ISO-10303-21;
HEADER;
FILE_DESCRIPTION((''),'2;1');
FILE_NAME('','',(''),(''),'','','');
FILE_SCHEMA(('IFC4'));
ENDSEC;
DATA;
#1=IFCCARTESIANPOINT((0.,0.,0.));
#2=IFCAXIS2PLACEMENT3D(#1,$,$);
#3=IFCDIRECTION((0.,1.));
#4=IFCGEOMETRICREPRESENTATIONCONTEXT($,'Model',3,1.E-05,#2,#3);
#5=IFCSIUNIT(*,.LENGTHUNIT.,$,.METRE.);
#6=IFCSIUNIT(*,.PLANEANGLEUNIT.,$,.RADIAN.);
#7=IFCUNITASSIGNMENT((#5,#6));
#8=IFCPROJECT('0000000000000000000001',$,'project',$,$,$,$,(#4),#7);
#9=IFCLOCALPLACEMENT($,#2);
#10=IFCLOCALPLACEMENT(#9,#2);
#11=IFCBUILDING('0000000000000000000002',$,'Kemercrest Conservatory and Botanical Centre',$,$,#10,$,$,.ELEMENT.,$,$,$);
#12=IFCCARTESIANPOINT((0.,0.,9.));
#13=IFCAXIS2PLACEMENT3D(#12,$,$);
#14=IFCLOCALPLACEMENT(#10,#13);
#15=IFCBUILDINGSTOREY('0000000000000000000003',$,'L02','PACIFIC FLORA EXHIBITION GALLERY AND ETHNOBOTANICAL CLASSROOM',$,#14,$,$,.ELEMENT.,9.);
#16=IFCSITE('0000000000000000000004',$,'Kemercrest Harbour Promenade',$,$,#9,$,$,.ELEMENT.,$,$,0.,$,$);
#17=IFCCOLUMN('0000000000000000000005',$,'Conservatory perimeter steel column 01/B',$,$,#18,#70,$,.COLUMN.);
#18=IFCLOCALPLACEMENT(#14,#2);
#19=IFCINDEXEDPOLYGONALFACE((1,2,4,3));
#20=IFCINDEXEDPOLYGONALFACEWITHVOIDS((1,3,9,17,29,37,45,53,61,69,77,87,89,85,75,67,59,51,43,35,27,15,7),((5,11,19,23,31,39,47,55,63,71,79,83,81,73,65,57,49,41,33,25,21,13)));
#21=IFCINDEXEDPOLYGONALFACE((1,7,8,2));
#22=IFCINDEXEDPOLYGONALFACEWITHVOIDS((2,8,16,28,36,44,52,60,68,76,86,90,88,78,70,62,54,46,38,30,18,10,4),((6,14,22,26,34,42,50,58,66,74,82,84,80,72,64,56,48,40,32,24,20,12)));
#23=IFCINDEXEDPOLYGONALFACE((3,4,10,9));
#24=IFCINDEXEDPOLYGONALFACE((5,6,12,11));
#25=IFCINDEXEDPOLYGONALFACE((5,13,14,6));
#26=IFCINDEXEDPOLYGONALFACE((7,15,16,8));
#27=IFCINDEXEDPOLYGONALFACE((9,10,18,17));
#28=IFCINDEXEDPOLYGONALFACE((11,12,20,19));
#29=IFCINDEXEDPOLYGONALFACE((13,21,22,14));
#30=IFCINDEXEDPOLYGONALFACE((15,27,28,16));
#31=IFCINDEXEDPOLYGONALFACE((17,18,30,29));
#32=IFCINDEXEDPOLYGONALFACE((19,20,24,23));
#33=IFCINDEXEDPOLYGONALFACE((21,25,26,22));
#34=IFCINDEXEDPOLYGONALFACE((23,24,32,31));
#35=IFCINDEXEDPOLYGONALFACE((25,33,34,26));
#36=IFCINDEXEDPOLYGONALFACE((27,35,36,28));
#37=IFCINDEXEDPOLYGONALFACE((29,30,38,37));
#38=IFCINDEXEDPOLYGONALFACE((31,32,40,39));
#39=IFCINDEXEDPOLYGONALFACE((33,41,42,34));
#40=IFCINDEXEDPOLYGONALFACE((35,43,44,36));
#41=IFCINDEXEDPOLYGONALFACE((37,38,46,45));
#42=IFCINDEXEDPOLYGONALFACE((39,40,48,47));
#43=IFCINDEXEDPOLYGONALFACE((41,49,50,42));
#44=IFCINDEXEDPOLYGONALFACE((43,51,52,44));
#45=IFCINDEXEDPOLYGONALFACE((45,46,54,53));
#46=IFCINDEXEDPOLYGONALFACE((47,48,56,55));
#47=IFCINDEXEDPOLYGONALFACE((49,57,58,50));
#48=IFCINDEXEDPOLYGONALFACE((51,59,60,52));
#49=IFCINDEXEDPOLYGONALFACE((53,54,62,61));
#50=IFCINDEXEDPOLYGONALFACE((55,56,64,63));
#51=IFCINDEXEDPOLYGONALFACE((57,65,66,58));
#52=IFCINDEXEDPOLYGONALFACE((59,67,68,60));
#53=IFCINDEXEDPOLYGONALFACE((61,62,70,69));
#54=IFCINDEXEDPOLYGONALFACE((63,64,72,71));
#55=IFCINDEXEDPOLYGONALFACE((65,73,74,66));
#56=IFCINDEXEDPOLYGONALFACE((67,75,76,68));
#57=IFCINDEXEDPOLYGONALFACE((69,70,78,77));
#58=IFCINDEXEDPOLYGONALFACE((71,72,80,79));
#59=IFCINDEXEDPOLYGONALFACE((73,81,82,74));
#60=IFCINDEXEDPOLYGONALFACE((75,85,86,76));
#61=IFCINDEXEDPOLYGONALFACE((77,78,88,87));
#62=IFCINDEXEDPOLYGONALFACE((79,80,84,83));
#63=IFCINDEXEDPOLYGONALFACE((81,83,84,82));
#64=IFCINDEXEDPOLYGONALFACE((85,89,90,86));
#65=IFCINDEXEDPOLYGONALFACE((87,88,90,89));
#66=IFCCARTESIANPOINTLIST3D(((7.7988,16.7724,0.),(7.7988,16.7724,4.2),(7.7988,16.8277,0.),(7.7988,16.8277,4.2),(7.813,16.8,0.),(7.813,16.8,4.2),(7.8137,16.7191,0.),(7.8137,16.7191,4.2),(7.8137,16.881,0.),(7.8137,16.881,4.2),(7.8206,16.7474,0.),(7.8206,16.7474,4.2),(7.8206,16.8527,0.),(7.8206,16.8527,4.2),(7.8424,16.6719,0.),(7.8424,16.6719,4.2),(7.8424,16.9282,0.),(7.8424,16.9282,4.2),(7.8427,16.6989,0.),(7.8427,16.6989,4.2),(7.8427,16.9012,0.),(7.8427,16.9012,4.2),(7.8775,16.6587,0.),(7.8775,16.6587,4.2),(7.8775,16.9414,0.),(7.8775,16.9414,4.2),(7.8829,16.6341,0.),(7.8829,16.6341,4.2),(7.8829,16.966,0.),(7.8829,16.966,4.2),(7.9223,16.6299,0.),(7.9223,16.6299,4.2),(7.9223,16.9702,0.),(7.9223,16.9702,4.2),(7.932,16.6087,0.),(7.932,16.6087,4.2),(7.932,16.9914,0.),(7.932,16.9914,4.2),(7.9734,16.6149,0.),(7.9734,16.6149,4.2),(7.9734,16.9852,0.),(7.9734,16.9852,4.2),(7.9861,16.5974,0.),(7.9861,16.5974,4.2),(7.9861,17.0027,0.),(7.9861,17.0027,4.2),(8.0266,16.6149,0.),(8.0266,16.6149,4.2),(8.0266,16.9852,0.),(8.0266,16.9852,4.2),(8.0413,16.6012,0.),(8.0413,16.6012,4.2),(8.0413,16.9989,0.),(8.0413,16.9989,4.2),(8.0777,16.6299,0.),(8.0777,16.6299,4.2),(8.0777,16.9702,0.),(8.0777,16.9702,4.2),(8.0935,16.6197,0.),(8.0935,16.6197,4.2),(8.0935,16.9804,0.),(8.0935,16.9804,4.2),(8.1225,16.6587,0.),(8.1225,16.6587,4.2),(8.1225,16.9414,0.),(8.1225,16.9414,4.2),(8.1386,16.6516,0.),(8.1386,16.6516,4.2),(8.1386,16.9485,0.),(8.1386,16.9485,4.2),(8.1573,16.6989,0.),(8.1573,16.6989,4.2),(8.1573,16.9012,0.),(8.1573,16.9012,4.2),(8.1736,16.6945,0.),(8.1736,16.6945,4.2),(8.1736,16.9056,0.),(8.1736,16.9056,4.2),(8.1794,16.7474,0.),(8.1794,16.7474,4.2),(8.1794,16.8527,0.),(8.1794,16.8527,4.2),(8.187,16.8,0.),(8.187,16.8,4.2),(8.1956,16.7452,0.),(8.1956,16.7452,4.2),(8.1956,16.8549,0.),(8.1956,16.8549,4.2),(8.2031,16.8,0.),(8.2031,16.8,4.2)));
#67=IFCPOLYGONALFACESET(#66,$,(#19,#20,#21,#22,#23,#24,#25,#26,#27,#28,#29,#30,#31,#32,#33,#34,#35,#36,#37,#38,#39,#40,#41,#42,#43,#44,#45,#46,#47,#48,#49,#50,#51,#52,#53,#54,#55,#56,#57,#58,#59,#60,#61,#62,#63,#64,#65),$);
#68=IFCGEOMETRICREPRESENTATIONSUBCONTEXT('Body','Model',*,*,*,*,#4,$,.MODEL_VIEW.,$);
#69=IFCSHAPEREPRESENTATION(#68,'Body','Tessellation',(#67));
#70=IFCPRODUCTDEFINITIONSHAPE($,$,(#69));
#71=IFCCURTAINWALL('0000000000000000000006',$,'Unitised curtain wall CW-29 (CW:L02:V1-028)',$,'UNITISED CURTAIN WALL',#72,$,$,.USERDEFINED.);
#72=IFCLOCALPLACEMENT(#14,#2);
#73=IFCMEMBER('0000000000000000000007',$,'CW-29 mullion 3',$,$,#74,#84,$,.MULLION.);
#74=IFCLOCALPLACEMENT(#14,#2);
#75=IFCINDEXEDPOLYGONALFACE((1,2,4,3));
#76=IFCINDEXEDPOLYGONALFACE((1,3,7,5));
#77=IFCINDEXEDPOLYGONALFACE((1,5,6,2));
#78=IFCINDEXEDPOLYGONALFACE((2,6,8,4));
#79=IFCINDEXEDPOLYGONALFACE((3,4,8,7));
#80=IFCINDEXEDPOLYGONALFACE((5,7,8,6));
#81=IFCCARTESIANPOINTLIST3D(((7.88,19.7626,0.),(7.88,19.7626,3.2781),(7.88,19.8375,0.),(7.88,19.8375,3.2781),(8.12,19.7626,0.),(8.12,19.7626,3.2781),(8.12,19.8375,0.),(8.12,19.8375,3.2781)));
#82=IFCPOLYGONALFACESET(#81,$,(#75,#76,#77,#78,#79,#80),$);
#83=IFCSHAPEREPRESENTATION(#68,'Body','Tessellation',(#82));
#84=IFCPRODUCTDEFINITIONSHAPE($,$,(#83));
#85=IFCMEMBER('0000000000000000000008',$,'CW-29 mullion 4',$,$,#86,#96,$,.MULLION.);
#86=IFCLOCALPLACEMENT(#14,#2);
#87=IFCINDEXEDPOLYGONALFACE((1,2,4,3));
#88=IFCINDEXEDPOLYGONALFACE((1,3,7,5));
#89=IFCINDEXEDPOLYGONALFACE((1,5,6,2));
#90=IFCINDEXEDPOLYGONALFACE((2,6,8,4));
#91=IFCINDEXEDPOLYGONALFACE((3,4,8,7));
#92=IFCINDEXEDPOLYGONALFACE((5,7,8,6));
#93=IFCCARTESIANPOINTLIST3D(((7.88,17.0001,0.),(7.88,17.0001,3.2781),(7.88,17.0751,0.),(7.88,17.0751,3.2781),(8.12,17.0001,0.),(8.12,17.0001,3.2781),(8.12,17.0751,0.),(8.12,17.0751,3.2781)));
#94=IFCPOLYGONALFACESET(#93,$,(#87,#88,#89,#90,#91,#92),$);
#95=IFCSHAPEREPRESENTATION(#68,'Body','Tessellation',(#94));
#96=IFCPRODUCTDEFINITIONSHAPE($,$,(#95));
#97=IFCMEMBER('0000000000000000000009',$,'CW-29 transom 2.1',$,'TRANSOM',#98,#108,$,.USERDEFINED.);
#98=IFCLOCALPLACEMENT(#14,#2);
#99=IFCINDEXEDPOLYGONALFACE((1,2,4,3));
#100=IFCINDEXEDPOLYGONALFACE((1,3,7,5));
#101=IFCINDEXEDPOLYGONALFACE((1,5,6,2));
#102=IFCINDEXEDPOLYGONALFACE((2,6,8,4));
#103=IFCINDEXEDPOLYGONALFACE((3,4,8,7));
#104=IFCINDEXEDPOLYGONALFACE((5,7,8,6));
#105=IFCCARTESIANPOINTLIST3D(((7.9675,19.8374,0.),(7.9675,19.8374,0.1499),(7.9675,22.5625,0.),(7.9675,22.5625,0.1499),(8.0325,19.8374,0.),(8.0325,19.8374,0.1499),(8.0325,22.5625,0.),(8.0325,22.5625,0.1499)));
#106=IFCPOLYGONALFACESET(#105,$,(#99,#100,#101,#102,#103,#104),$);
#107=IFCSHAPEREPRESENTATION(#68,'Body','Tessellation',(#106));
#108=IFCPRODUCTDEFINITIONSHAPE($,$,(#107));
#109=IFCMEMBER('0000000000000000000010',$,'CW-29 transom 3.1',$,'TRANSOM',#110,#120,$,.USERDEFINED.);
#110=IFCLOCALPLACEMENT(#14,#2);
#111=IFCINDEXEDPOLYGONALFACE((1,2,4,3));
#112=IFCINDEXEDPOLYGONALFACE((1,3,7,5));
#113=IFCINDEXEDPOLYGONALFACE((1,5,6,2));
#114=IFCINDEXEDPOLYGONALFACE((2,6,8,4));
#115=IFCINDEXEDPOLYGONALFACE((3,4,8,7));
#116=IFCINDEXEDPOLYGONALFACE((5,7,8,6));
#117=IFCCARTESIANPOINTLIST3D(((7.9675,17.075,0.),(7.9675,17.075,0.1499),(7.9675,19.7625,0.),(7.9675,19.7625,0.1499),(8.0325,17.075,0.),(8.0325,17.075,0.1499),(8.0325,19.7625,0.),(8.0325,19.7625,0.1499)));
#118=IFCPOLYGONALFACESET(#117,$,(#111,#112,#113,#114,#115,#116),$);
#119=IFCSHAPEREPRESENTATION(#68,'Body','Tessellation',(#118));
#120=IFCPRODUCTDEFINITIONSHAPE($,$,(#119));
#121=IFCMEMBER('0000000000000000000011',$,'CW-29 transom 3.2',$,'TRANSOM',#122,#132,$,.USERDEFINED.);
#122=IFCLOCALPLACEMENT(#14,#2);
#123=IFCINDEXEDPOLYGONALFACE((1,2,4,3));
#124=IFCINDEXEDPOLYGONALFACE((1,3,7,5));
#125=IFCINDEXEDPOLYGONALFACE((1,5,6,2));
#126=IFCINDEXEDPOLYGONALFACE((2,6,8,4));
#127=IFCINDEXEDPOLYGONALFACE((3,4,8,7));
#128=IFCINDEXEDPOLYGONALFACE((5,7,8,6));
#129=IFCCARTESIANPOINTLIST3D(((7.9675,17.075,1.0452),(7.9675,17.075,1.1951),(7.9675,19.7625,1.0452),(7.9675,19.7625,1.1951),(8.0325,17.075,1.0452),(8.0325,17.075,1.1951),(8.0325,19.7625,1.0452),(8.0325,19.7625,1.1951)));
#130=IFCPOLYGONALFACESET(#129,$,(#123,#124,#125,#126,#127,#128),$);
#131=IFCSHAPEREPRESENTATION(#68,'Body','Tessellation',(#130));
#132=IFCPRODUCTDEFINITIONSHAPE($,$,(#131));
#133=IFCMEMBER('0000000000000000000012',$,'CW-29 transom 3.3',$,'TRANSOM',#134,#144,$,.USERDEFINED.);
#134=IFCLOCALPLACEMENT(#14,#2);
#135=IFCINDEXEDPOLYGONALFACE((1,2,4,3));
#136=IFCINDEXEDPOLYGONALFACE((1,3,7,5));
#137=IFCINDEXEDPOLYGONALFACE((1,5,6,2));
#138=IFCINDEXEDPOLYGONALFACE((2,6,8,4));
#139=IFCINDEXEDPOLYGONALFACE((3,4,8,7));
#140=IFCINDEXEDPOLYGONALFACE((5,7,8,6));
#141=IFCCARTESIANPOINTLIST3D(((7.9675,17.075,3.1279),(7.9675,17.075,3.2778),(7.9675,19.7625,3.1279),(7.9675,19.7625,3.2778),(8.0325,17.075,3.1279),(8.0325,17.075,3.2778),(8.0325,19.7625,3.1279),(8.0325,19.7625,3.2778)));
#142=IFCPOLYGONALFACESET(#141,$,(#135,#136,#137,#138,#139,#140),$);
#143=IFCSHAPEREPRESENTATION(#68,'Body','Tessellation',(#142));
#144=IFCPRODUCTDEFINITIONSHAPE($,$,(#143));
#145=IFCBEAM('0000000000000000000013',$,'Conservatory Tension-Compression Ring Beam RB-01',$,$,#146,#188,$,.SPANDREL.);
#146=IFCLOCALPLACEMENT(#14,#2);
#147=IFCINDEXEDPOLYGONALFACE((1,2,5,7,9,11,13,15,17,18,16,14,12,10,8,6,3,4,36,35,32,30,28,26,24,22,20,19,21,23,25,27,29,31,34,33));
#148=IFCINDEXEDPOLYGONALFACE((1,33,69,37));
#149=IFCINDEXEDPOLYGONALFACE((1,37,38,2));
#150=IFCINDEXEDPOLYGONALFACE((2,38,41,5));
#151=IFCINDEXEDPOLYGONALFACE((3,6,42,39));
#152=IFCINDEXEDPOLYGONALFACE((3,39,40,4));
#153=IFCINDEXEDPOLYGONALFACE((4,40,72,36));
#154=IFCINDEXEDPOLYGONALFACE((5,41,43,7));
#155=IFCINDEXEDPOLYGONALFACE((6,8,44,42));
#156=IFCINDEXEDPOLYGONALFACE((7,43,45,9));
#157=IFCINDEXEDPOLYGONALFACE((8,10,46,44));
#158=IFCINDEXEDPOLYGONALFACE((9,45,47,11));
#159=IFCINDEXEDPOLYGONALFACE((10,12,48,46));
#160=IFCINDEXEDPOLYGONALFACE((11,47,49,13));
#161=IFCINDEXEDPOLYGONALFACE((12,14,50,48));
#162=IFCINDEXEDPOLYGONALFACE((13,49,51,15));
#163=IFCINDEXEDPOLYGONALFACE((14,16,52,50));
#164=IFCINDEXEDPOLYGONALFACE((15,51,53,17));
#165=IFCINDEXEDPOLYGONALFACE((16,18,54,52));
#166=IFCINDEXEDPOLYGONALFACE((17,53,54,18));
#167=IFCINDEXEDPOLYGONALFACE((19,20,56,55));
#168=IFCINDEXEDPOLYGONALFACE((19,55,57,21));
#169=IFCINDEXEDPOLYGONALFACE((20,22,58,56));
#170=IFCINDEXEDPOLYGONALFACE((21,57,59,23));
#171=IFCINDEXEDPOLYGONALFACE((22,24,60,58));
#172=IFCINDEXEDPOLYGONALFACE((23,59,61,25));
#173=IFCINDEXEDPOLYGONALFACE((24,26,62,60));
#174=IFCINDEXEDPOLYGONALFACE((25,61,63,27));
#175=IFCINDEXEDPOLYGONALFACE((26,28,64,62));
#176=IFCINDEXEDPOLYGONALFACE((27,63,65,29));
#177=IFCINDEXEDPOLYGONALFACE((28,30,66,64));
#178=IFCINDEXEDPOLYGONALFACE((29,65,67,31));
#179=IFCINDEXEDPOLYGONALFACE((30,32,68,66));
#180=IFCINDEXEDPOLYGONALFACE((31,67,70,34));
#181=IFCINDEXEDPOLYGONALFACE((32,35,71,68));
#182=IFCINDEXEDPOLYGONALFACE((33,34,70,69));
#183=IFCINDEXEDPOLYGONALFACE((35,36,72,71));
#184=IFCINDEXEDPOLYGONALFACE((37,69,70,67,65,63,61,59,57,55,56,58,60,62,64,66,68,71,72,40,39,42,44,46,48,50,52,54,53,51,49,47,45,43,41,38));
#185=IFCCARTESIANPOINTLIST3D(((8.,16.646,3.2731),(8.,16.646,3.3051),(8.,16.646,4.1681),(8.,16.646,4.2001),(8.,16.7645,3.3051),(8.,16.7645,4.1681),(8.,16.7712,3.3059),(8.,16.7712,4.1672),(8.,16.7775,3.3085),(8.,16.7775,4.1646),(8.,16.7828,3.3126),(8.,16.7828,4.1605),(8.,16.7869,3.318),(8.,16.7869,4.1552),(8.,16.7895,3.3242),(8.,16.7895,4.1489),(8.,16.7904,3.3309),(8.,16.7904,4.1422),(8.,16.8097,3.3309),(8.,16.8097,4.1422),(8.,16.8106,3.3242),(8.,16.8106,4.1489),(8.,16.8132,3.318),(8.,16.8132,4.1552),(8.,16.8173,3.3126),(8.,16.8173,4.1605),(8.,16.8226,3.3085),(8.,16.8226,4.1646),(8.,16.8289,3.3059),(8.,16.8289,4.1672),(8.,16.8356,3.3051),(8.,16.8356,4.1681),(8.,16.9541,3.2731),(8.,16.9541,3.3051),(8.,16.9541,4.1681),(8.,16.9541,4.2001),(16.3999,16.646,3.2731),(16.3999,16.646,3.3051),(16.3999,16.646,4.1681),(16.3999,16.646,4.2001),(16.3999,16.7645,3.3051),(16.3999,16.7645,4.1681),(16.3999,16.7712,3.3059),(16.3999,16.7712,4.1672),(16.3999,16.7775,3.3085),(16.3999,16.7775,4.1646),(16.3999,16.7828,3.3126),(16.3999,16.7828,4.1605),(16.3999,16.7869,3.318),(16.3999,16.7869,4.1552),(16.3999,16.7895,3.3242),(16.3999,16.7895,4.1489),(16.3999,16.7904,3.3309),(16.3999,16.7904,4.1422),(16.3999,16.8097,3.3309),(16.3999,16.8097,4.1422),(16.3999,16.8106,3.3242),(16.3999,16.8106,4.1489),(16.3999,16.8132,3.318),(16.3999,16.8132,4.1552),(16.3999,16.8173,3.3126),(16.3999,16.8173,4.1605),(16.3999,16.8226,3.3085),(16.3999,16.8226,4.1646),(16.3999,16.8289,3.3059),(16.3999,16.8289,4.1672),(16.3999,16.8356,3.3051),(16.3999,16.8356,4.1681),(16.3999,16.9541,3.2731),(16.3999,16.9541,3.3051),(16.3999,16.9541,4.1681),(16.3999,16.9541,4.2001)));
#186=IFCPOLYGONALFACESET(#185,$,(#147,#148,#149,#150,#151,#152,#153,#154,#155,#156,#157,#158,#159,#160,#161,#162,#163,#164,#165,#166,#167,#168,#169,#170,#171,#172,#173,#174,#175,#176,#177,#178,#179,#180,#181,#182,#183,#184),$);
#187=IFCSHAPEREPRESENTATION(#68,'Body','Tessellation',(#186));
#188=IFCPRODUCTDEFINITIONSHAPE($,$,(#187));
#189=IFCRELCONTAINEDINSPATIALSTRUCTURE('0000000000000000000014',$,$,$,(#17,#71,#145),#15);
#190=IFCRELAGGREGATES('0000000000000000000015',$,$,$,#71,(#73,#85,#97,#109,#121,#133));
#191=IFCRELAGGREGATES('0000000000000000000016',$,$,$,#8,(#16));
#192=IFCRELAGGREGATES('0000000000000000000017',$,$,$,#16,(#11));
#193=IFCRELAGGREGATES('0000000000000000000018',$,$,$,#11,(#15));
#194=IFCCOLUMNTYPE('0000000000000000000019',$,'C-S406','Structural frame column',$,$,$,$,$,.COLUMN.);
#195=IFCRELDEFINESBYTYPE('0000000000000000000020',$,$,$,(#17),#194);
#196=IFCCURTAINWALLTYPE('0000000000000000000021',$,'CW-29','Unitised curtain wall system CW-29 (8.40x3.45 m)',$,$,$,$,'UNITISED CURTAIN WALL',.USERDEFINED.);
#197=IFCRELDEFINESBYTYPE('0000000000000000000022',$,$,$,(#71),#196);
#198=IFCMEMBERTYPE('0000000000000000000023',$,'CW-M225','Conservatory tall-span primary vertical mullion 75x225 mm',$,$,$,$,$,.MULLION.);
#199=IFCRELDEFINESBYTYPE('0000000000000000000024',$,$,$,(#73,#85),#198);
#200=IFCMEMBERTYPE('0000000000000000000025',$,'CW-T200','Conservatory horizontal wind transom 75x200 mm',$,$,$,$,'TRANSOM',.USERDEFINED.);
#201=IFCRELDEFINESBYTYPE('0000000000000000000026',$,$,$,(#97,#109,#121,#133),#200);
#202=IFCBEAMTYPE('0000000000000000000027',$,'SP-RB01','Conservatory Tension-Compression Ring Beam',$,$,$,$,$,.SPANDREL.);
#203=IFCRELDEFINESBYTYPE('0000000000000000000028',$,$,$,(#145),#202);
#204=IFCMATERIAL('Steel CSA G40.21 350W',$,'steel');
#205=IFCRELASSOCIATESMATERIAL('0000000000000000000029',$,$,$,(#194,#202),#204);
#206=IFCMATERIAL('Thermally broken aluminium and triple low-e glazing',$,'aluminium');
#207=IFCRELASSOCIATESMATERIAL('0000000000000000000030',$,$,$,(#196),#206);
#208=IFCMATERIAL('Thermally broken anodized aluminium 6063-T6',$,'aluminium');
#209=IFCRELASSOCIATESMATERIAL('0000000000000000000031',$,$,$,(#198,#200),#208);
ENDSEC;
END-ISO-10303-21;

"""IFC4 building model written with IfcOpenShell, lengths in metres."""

from ifc_helpers import new_model, si_unit, direction, frame, origin, origin_2d, place, context, subcontext, project, spatial, rectangle, hollow_circle, i_section, extrude, material, material_profile, profile_set, type_object, element, aggregate, save


model = new_model("IFC4")

# Units and contexts
model_context = context("Model", 3, precision=1e-05, world=origin(), true_north=direction((0.0, 1.0)))
body_context = subcontext(model_context, "Body", "Model", "MODEL_VIEW")
ifc_project = project(units=[si_unit("LENGTHUNIT", "METRE"), si_unit("PLANEANGLEUNIT", "RADIAN")], contexts=[model_context])

# Site, building, storey
site_placement = place(None, origin())
site = spatial("IfcSite", under=ifc_project, at=site_placement, Name="Kemercrest Harbour Promenade", CompositionType="ELEMENT", RefElevation=0.0)
building_placement = place(site_placement, origin())
building = spatial("IfcBuilding", under=site, at=building_placement, Name="Kemercrest Conservatory and Botanical Centre", CompositionType="ELEMENT")
storey_placement = place(building_placement, frame((0.0, 0.0, 9.0)))
storey = spatial("IfcBuildingStorey", under=building, at=storey_placement, Name="L02", Description="PACIFIC FLORA EXHIBITION GALLERY AND ETHNOBOTANICAL CLASSROOM", CompositionType="ELEMENT", Elevation=9.0)

# Column
ifc_material_1 = material(Name="Steel CSA G40.21 350W", Category="steel")
ifc_material_profile_1 = material_profile(ifc_material_1, hollow_circle(Radius=0.2031, WallThickness=0.0161, at=origin_2d()), Name="CHS 406.4x16.0")
ifc_profile_set_1 = profile_set([ifc_material_profile_1], Name="Steel CSA G40.21 350W")
column_type = type_object("IfcColumnType", Name="C-S406", Description="Structural frame column", PredefinedType="COLUMN", material=ifc_profile_set_1)
column_placement = place(storey_placement, frame((8.0, 16.8, 0.0), z_axis=(0.0, 0.0, 1.0), x_axis=(1.0, 0.0, 0.0)))
element("IfcColumn", 1, at=column_placement, inside=storey, type_object=column_type, Name="Conservatory perimeter steel column 01/B", PredefinedType="COLUMN", context=body_context, shape_type="SweptSolid", body=[
    extrude(hollow_circle(Radius=0.2031, WallThickness=0.0161, at=origin_2d()), origin(), (0.0, 0.0, 1.0), 4.2),
])

# Curtain wall, members
ifc_material_2 = material(Name="Thermally broken aluminium and triple low-e glazing", Category="aluminium")
curtain_wall_type = type_object("IfcCurtainWallType", Name="CW-29", Description="Unitised curtain wall system CW-29 (8.40x3.45 m)", ElementType="UNITISED CURTAIN WALL", PredefinedType="USERDEFINED", material=ifc_material_2)
curtain_wall_placement = place(storey_placement, origin())
curtain_wall = element("IfcCurtainWall", 2, at=curtain_wall_placement, inside=storey, type_object=curtain_wall_type, Name="Unitised curtain wall CW-29 (CW:L02:V1-028)", ObjectType="UNITISED CURTAIN WALL", PredefinedType="USERDEFINED")
ifc_material_3 = material(Name="Thermally broken anodized aluminium 6063-T6", Category="aluminium")
ifc_material_profile_2 = material_profile(ifc_material_3, rectangle(XDim=0.24, YDim=0.075, at=origin_2d()), Name="AL MULLION 75x240")
ifc_profile_set_2 = profile_set([ifc_material_profile_2], Name="Thermally broken anodized aluminium 6063-T6")
member_type_1 = type_object("IfcMemberType", Name="CW-M225", Description="Conservatory tall-span primary vertical mullion 75x225 mm", PredefinedType="MULLION", material=ifc_profile_set_2)
member_1_placement = place(storey_placement, frame((8.0, 19.8, 0.0), z_axis=(0.0, 0.0, 1.0), x_axis=(1.0, 0.0, 0.0)))
member_1 = element("IfcMember", 3, at=member_1_placement, type_object=member_type_1, Name="CW-29 mullion 3", PredefinedType="MULLION", context=body_context, shape_type="SweptSolid", body=[
    extrude(rectangle(XDim=0.24, YDim=0.075, at=origin_2d()), origin(), (0.0, 0.0, 1.0), 3.2781),
])
member_2_placement = place(storey_placement, frame((8.0, 17.0376, 0.0), z_axis=(0.0, 0.0, 1.0), x_axis=(1.0, 0.0, 0.0)))
member_2 = element("IfcMember", 4, at=member_2_placement, type_object=member_type_1, Name="CW-29 mullion 4", PredefinedType="MULLION", context=body_context, shape_type="SweptSolid", body=[
    extrude(rectangle(XDim=0.24, YDim=0.075, at=origin_2d()), origin(), (0.0, 0.0, 1.0), 3.2781),
])
ifc_material_profile_3 = material_profile(ifc_material_3, rectangle(XDim=0.0649, YDim=0.1499, at=origin_2d()), Name="AL TRANSOM 65x150")
ifc_profile_set_3 = profile_set([ifc_material_profile_3], Name="Thermally broken anodized aluminium 6063-T6")
member_type_2 = type_object("IfcMemberType", Name="CW-T200", Description="Conservatory horizontal wind transom 75x200 mm", ElementType="TRANSOM", PredefinedType="USERDEFINED", material=ifc_profile_set_3)
member_3_placement = place(storey_placement, frame((8.0, 22.5625, 0.075), z_axis=(0.0, -1.0, 0.0), x_axis=(1.0, 0.0, 0.0)))
member_3 = element("IfcMember", 5, at=member_3_placement, type_object=member_type_2, Name="CW-29 transom 2.1", ObjectType="TRANSOM", PredefinedType="USERDEFINED", context=body_context, shape_type="SweptSolid", body=[
    extrude(rectangle(XDim=0.0649, YDim=0.1499, at=origin_2d()), origin(), (0.0, 0.0, 1.0), 2.7251),
])
member_4_placement = place(storey_placement, frame((8.0, 19.7625, 0.075), z_axis=(0.0, -1.0, 0.0), x_axis=(1.0, 0.0, 0.0)))
member_4 = element("IfcMember", 6, at=member_4_placement, type_object=member_type_2, Name="CW-29 transom 3.1", ObjectType="TRANSOM", PredefinedType="USERDEFINED", context=body_context, shape_type="SweptSolid", body=[
    extrude(rectangle(XDim=0.0649, YDim=0.1499, at=origin_2d()), origin(), (0.0, 0.0, 1.0), 2.6875),
])
member_5_placement = place(storey_placement, frame((8.0, 19.7625, 1.1201), z_axis=(0.0, -1.0, 0.0), x_axis=(1.0, 0.0, 0.0)))
member_5 = element("IfcMember", 7, at=member_5_placement, type_object=member_type_2, Name="CW-29 transom 3.2", ObjectType="TRANSOM", PredefinedType="USERDEFINED", context=body_context, shape_type="SweptSolid", body=[
    extrude(rectangle(XDim=0.0649, YDim=0.1499, at=origin_2d()), origin(), (0.0, 0.0, 1.0), 2.6875),
])
member_6_placement = place(storey_placement, frame((8.0, 19.7625, 3.2029), z_axis=(0.0, -1.0, 0.0), x_axis=(1.0, 0.0, 0.0)))
member_6 = element("IfcMember", 8, at=member_6_placement, type_object=member_type_2, Name="CW-29 transom 3.3", ObjectType="TRANSOM", PredefinedType="USERDEFINED", context=body_context, shape_type="SweptSolid", body=[
    extrude(rectangle(XDim=0.0649, YDim=0.1499, at=origin_2d()), origin(), (0.0, 0.0, 1.0), 2.6875),
])

# Beam
ifc_material_profile_4 = material_profile(ifc_material_1, i_section(OverallWidth=0.3081, OverallDepth=0.927, WebThickness=0.0193, FlangeThickness=0.032, FilletRadius=0.0259, at=origin_2d()), Name="W920X289")
ifc_profile_set_4 = profile_set([ifc_material_profile_4], Name="Steel CSA G40.21 350W")
beam_type = type_object("IfcBeamType", Name="SP-RB01", Description="Conservatory Tension-Compression Ring Beam", PredefinedType="SPANDREL", material=ifc_profile_set_4)
beam_1_placement = place(storey_placement, frame((8.0, 16.8, 3.7366), z_axis=(1.0, 0.0, 0.0), x_axis=(0.0, 1.0, 0.0)))
element("IfcBeam", 9, at=beam_1_placement, inside=storey, type_object=beam_type, Name="Conservatory Tension-Compression Ring Beam RB-01", PredefinedType="SPANDREL", context=body_context, shape_type="SweptSolid", body=[
    extrude(i_section(OverallWidth=0.3081, OverallDepth=0.927, WebThickness=0.0193, FlangeThickness=0.032, FilletRadius=0.0259, at=origin_2d()), origin(), (0.0, 0.0, 1.0), 8.3999),
])

aggregate(curtain_wall, [member_1, member_2, member_3, member_4, member_5, member_6])

save(model, "model.ifc")
